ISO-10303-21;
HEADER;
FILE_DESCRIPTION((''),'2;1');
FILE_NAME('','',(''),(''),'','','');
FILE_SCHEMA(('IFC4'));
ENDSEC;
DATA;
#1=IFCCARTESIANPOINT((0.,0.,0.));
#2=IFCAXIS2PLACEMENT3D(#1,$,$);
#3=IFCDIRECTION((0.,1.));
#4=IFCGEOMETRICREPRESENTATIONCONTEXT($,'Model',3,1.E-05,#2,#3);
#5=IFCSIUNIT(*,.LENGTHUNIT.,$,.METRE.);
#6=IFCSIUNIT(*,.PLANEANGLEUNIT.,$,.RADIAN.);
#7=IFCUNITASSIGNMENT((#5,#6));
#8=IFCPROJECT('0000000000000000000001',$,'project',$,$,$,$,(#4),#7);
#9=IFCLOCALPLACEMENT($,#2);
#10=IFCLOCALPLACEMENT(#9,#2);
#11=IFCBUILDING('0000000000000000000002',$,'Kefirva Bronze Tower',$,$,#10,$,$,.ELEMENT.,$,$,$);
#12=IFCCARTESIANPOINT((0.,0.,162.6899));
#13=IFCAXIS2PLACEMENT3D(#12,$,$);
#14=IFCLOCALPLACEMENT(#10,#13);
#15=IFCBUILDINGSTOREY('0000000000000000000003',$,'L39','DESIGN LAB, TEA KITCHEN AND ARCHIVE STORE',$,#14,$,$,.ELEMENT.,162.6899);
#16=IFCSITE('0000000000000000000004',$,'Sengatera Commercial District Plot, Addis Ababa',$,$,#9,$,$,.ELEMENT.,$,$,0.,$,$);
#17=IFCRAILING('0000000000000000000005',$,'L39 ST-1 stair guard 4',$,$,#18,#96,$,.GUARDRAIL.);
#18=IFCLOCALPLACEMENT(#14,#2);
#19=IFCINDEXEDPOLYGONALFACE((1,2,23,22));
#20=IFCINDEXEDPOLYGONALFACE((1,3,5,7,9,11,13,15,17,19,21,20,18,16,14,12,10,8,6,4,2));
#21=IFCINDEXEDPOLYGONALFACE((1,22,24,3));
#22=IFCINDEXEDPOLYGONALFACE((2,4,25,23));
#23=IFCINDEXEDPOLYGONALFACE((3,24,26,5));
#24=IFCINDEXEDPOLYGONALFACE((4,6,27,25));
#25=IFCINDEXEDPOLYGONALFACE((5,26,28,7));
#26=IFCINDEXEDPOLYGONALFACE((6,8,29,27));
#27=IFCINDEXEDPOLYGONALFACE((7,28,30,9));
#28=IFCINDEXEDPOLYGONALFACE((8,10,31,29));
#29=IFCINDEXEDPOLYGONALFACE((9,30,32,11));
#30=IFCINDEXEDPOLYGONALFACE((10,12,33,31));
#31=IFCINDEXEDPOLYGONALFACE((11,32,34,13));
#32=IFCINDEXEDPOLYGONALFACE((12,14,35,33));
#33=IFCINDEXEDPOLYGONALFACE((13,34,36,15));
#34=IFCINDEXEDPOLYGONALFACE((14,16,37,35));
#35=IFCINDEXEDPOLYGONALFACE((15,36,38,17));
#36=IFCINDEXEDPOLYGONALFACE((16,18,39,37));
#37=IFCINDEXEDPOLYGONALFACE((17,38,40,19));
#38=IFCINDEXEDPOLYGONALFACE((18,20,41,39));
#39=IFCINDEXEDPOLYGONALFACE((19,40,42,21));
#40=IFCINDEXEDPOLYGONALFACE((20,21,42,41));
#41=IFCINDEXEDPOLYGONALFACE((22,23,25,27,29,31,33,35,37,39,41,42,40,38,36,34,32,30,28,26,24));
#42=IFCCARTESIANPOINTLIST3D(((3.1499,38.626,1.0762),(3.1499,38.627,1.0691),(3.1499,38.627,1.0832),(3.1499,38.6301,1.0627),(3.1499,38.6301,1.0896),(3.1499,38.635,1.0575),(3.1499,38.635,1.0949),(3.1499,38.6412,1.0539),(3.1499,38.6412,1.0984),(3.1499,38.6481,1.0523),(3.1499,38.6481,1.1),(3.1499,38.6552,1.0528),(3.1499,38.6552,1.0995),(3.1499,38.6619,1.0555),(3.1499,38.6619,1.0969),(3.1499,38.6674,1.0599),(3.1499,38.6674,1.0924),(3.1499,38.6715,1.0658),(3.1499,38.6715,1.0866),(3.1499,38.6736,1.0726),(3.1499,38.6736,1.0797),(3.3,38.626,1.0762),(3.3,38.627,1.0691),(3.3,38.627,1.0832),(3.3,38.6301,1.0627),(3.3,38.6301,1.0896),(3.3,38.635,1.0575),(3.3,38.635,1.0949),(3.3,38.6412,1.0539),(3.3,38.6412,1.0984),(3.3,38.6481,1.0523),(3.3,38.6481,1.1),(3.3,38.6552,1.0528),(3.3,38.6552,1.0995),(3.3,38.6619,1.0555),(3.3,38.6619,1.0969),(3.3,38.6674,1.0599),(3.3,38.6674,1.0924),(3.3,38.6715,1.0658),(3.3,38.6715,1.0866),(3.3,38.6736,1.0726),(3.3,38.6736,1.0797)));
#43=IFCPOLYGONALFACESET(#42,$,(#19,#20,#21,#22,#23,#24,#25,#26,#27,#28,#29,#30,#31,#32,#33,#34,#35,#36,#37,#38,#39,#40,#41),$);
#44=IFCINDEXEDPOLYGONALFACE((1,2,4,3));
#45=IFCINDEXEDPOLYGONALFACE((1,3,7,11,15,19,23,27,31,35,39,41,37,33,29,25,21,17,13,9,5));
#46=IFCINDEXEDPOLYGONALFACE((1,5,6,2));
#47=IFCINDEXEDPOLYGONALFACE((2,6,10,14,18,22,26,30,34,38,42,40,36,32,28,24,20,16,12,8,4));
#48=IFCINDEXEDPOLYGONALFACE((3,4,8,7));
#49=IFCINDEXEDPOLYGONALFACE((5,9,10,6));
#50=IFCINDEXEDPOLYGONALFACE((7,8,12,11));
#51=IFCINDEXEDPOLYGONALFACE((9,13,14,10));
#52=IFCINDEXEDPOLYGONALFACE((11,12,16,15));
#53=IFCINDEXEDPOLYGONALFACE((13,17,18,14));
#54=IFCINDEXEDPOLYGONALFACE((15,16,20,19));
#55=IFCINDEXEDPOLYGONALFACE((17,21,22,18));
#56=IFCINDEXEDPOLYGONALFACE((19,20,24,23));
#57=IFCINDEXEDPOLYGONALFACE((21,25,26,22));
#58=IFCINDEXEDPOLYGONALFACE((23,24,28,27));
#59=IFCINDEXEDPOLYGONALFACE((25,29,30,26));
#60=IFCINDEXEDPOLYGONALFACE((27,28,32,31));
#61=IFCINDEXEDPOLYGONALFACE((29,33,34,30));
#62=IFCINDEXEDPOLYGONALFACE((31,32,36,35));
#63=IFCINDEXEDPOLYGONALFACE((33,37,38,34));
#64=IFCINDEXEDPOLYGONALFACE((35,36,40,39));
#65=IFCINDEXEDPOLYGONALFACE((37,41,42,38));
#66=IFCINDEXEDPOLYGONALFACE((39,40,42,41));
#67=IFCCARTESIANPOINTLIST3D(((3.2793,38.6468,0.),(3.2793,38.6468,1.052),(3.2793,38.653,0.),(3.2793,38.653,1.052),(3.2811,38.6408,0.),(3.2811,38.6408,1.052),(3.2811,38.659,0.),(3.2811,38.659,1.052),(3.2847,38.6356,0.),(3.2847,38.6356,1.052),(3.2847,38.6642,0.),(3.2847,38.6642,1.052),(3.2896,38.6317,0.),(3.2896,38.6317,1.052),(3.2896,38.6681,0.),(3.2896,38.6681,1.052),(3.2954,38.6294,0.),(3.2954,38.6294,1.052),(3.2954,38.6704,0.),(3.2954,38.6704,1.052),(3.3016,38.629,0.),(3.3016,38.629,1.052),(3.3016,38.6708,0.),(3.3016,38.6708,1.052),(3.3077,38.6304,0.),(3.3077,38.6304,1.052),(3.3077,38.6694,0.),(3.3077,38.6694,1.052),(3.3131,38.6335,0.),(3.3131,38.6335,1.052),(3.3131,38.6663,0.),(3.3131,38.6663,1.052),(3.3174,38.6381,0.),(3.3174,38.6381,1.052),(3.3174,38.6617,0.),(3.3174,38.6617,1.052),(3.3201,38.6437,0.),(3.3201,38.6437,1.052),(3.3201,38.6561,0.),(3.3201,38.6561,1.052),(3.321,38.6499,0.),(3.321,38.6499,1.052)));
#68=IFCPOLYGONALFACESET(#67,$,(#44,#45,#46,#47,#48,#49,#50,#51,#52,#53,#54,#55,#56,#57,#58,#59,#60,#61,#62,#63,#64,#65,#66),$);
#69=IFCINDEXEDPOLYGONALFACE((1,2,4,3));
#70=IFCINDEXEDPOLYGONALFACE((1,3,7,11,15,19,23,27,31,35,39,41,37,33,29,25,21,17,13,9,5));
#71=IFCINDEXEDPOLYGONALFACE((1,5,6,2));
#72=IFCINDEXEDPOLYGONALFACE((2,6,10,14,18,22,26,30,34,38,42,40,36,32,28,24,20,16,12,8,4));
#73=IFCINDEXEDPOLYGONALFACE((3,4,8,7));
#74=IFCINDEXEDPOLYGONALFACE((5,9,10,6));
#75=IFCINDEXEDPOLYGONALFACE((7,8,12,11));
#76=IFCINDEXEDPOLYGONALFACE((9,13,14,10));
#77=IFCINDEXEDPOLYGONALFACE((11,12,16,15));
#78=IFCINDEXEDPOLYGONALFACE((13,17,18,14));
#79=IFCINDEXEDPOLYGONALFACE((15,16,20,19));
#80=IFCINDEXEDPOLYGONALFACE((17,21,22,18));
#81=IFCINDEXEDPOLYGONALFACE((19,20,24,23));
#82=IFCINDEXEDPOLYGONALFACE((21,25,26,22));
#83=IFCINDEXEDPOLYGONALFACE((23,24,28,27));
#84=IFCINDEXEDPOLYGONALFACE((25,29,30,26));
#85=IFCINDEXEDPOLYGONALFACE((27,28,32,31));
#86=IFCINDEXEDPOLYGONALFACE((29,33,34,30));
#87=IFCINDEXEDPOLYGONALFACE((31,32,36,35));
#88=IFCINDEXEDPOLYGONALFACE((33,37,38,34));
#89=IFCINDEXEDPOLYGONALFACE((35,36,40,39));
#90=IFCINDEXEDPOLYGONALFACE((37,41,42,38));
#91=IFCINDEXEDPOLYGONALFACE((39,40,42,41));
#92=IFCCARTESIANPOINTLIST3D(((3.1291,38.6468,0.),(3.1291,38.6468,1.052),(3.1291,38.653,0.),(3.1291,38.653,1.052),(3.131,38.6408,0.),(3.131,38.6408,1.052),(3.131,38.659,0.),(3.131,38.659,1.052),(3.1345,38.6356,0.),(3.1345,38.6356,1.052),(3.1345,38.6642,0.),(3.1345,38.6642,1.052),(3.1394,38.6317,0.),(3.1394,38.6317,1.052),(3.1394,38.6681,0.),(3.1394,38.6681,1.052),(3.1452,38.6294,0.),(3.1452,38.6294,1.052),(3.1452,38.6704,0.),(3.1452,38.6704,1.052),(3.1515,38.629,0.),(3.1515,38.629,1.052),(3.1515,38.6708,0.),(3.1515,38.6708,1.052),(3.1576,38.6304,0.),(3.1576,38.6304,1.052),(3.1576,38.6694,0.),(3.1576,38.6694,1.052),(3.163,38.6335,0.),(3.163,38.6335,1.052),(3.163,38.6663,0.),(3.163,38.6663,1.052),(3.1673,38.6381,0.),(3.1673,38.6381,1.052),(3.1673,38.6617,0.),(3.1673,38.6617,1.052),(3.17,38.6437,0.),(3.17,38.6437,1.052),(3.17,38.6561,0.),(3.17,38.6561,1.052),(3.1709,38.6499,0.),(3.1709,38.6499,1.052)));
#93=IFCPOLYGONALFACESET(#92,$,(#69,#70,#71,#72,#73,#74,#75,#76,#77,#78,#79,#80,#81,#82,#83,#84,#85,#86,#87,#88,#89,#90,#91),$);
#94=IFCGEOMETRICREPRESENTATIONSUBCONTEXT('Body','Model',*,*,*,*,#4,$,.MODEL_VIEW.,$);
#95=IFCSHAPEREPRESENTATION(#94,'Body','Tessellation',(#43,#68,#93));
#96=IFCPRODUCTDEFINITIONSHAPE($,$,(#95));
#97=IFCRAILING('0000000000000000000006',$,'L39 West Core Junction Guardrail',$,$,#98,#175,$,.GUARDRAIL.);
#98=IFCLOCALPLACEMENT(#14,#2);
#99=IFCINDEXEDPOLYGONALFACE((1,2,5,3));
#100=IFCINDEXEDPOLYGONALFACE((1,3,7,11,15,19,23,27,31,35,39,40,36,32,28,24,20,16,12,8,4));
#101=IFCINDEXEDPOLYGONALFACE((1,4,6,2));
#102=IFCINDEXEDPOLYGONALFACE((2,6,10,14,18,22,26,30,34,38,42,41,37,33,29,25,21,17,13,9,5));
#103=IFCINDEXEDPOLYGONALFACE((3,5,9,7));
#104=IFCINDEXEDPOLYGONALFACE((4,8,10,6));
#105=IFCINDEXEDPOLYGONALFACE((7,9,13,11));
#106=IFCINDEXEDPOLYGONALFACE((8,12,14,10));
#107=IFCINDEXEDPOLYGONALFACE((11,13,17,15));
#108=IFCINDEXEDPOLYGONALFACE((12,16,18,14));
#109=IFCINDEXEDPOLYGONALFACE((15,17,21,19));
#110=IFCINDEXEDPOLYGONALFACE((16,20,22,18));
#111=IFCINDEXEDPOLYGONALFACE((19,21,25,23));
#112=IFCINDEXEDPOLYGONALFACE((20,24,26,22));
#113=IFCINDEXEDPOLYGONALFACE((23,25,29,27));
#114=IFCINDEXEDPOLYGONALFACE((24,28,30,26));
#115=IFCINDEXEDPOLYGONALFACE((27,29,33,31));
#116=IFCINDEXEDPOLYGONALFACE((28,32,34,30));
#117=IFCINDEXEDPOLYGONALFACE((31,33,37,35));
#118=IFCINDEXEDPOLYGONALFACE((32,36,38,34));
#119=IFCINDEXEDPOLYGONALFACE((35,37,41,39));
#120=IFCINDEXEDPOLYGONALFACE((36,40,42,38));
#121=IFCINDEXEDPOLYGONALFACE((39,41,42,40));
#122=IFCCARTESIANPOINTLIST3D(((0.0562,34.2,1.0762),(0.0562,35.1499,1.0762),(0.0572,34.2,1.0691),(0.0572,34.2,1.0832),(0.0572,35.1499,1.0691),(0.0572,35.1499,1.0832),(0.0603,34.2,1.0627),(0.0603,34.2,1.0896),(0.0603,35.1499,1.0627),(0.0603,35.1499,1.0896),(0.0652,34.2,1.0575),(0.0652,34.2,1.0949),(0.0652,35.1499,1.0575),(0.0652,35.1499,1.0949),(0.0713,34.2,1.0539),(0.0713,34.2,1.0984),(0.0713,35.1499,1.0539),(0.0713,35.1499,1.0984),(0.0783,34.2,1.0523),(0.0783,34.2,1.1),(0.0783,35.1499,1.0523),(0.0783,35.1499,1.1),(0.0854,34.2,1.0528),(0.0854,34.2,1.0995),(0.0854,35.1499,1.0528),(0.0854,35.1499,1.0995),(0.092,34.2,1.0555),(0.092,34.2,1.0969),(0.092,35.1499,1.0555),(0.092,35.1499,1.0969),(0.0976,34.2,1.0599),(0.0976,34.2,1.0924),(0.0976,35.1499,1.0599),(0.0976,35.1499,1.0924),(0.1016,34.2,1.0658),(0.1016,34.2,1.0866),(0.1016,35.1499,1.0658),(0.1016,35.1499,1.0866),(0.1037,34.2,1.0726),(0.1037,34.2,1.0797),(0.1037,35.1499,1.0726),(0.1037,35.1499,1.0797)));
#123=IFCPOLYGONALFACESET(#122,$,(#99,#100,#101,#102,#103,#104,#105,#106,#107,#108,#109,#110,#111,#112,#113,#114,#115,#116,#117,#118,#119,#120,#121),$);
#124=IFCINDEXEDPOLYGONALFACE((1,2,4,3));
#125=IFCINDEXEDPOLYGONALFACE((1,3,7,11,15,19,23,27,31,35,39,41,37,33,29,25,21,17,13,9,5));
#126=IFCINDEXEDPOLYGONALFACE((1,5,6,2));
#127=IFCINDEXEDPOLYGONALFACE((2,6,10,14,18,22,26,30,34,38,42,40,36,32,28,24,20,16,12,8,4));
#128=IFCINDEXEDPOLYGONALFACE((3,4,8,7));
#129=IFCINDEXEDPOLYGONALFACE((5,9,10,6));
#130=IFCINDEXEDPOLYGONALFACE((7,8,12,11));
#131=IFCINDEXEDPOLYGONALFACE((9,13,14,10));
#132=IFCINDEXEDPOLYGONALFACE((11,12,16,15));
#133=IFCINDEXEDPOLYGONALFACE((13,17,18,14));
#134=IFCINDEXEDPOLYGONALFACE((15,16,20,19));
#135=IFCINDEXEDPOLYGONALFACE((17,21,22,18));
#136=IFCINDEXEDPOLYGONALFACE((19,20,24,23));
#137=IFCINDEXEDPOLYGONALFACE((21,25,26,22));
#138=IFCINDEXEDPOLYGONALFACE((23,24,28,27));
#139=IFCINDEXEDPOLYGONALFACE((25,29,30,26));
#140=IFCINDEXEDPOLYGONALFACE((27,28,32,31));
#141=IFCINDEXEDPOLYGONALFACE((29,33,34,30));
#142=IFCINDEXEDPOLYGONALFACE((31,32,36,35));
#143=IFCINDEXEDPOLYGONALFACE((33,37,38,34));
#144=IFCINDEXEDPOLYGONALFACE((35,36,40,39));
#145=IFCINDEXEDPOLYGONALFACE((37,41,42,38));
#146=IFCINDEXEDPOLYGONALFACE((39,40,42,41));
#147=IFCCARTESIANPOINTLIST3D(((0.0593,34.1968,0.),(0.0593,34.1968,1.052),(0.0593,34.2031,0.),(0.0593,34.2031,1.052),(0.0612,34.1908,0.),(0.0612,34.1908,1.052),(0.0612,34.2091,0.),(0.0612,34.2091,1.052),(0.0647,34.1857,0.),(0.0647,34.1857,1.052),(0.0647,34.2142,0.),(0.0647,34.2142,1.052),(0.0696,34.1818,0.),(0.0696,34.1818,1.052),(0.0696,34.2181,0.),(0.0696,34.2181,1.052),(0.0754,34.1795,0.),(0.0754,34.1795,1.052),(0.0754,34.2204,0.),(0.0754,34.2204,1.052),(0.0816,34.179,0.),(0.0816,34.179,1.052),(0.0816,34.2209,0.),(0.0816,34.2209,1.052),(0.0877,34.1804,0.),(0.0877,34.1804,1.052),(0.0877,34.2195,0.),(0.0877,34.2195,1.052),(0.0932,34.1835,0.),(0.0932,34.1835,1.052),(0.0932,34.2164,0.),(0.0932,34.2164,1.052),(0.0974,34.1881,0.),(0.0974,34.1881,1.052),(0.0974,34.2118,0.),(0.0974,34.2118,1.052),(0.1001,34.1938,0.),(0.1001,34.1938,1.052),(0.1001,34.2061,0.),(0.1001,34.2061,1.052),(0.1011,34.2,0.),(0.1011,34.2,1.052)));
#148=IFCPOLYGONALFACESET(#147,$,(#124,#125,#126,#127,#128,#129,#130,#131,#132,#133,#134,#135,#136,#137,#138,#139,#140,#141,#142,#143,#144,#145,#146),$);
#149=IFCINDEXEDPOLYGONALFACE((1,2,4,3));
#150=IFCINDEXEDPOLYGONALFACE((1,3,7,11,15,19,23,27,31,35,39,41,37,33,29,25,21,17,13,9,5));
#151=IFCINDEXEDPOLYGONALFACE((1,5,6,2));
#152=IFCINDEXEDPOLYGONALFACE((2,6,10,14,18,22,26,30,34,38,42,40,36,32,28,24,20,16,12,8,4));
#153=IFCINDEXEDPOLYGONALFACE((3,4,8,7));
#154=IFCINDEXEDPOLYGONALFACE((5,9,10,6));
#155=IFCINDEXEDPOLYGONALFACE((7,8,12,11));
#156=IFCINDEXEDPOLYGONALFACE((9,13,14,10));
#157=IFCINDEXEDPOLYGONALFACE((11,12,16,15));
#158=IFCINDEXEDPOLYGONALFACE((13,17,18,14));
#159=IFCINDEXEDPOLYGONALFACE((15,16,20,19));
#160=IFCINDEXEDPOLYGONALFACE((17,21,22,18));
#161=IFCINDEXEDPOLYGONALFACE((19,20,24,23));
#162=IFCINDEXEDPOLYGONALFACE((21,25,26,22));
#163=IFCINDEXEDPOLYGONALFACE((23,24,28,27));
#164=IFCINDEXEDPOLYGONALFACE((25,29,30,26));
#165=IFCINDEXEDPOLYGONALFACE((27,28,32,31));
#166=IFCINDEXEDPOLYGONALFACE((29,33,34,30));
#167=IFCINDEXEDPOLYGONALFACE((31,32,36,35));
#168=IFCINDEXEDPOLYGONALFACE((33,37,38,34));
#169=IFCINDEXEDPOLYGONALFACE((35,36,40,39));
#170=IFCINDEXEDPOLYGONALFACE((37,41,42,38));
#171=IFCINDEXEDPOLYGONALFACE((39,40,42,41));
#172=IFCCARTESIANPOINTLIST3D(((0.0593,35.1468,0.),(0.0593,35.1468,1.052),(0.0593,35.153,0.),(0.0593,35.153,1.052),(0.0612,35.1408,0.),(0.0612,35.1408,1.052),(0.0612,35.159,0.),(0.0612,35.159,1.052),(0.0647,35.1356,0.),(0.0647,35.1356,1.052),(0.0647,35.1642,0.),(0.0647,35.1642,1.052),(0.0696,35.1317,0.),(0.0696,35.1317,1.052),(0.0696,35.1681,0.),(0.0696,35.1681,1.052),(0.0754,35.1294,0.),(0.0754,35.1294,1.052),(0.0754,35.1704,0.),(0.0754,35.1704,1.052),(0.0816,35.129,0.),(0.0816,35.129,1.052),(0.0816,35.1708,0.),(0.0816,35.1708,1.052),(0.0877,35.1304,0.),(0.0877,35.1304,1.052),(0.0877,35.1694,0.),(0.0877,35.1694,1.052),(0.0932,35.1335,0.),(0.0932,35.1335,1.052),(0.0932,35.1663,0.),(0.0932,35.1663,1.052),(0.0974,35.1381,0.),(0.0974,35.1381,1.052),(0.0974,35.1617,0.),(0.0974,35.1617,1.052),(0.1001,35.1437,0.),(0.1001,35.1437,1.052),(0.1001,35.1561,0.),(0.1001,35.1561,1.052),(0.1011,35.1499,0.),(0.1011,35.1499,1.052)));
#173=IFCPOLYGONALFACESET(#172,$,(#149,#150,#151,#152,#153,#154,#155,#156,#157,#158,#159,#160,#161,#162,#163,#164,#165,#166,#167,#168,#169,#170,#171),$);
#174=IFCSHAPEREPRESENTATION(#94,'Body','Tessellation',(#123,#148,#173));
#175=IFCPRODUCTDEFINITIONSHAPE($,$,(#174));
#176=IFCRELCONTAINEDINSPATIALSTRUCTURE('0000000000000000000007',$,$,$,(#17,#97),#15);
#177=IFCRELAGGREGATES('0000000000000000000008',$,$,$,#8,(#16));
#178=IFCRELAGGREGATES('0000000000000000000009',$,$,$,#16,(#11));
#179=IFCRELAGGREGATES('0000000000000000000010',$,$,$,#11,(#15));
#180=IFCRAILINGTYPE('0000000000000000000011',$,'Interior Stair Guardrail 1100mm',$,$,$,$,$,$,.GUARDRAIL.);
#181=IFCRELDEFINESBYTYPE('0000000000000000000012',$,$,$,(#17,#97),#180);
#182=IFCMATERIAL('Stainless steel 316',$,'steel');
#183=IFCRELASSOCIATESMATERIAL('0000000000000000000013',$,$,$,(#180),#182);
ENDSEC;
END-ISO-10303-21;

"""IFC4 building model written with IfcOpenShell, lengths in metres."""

from ifc_helpers import new_model, si_unit, direction, frame, origin, origin_2d, place, context, subcontext, project, spatial, circle, extrude, material, type_object, element, save


model = new_model("IFC4")

# Units and contexts
model_context = context("Model", 3, precision=1e-05, world=origin(), true_north=direction((0.0, 1.0)))
body_context = subcontext(model_context, "Body", "Model", "MODEL_VIEW")
ifc_project = project(units=[si_unit("LENGTHUNIT", "METRE"), si_unit("PLANEANGLEUNIT", "RADIAN")], contexts=[model_context])

# Site, building, storey
site_placement = place(None, origin())
site = spatial("IfcSite", under=ifc_project, at=site_placement, Name="Sengatera Commercial District Plot, Addis Ababa", CompositionType="ELEMENT", RefElevation=0.0)
building_placement = place(site_placement, origin())
building = spatial("IfcBuilding", under=site, at=building_placement, Name="Kefirva Bronze Tower", CompositionType="ELEMENT")
storey_placement = place(building_placement, frame((0.0, 0.0, 162.6899)))
storey = spatial("IfcBuildingStorey", under=building, at=storey_placement, Name="L39", Description="DESIGN LAB, TEA KITCHEN AND ARCHIVE STORE", CompositionType="ELEMENT", Elevation=162.6899)

# Railings
ifc_material_1 = material(Name="Stainless steel 316", Category="steel")
railing_type_1 = type_object("IfcRailingType", Name="Interior Stair Guardrail 1100mm", PredefinedType="GUARDRAIL", material=ifc_material_1)
railing_1_placement = place(storey_placement, frame((3.3, 38.6499, 0.0)))
element("IfcRailing", 1, at=railing_1_placement, inside=storey, type_object=railing_type_1, Name="L39 ST-1 stair guard 4", PredefinedType="GUARDRAIL", context=body_context, shape_type="SweptSolid", body=[
    extrude(circle(Radius=0.0239, at=origin_2d()), frame((0.0, 0.0, 1.0762), z_axis=(-1.0, 0.0, 0.0), x_axis=(0.0, -1.0, 0.0)), (0.0, 0.0, 1.0), 0.1501),
    extrude(circle(Radius=0.021, at=origin_2d()), origin(), (0.0, 0.0, 1.0), 1.052),
    extrude(circle(Radius=0.021, at=origin_2d()), frame((-0.1501, 0.0, 0.0)), (0.0, 0.0, 1.0), 1.052),
])
railing_2_placement = place(storey_placement, frame((0.0801, 34.2, 0.0)))
element("IfcRailing", 2, at=railing_2_placement, inside=storey, type_object=railing_type_1, Name="L39 West Core Junction Guardrail", PredefinedType="GUARDRAIL", context=body_context, shape_type="SweptSolid", body=[
    extrude(circle(Radius=0.0239, at=origin_2d()), frame((0.0, 0.0, 1.0762), z_axis=(0.0, 1.0, 0.0), x_axis=(-1.0, 0.0, 0.0)), (0.0, 0.0, 1.0), 0.95),
    extrude(circle(Radius=0.021, at=origin_2d()), origin(), (0.0, 0.0, 1.0), 1.052),
    extrude(circle(Radius=0.021, at=origin_2d()), frame((0.0, 0.95, 0.0)), (0.0, 0.0, 1.0), 1.052),
])

save(model, "model.ifc")
